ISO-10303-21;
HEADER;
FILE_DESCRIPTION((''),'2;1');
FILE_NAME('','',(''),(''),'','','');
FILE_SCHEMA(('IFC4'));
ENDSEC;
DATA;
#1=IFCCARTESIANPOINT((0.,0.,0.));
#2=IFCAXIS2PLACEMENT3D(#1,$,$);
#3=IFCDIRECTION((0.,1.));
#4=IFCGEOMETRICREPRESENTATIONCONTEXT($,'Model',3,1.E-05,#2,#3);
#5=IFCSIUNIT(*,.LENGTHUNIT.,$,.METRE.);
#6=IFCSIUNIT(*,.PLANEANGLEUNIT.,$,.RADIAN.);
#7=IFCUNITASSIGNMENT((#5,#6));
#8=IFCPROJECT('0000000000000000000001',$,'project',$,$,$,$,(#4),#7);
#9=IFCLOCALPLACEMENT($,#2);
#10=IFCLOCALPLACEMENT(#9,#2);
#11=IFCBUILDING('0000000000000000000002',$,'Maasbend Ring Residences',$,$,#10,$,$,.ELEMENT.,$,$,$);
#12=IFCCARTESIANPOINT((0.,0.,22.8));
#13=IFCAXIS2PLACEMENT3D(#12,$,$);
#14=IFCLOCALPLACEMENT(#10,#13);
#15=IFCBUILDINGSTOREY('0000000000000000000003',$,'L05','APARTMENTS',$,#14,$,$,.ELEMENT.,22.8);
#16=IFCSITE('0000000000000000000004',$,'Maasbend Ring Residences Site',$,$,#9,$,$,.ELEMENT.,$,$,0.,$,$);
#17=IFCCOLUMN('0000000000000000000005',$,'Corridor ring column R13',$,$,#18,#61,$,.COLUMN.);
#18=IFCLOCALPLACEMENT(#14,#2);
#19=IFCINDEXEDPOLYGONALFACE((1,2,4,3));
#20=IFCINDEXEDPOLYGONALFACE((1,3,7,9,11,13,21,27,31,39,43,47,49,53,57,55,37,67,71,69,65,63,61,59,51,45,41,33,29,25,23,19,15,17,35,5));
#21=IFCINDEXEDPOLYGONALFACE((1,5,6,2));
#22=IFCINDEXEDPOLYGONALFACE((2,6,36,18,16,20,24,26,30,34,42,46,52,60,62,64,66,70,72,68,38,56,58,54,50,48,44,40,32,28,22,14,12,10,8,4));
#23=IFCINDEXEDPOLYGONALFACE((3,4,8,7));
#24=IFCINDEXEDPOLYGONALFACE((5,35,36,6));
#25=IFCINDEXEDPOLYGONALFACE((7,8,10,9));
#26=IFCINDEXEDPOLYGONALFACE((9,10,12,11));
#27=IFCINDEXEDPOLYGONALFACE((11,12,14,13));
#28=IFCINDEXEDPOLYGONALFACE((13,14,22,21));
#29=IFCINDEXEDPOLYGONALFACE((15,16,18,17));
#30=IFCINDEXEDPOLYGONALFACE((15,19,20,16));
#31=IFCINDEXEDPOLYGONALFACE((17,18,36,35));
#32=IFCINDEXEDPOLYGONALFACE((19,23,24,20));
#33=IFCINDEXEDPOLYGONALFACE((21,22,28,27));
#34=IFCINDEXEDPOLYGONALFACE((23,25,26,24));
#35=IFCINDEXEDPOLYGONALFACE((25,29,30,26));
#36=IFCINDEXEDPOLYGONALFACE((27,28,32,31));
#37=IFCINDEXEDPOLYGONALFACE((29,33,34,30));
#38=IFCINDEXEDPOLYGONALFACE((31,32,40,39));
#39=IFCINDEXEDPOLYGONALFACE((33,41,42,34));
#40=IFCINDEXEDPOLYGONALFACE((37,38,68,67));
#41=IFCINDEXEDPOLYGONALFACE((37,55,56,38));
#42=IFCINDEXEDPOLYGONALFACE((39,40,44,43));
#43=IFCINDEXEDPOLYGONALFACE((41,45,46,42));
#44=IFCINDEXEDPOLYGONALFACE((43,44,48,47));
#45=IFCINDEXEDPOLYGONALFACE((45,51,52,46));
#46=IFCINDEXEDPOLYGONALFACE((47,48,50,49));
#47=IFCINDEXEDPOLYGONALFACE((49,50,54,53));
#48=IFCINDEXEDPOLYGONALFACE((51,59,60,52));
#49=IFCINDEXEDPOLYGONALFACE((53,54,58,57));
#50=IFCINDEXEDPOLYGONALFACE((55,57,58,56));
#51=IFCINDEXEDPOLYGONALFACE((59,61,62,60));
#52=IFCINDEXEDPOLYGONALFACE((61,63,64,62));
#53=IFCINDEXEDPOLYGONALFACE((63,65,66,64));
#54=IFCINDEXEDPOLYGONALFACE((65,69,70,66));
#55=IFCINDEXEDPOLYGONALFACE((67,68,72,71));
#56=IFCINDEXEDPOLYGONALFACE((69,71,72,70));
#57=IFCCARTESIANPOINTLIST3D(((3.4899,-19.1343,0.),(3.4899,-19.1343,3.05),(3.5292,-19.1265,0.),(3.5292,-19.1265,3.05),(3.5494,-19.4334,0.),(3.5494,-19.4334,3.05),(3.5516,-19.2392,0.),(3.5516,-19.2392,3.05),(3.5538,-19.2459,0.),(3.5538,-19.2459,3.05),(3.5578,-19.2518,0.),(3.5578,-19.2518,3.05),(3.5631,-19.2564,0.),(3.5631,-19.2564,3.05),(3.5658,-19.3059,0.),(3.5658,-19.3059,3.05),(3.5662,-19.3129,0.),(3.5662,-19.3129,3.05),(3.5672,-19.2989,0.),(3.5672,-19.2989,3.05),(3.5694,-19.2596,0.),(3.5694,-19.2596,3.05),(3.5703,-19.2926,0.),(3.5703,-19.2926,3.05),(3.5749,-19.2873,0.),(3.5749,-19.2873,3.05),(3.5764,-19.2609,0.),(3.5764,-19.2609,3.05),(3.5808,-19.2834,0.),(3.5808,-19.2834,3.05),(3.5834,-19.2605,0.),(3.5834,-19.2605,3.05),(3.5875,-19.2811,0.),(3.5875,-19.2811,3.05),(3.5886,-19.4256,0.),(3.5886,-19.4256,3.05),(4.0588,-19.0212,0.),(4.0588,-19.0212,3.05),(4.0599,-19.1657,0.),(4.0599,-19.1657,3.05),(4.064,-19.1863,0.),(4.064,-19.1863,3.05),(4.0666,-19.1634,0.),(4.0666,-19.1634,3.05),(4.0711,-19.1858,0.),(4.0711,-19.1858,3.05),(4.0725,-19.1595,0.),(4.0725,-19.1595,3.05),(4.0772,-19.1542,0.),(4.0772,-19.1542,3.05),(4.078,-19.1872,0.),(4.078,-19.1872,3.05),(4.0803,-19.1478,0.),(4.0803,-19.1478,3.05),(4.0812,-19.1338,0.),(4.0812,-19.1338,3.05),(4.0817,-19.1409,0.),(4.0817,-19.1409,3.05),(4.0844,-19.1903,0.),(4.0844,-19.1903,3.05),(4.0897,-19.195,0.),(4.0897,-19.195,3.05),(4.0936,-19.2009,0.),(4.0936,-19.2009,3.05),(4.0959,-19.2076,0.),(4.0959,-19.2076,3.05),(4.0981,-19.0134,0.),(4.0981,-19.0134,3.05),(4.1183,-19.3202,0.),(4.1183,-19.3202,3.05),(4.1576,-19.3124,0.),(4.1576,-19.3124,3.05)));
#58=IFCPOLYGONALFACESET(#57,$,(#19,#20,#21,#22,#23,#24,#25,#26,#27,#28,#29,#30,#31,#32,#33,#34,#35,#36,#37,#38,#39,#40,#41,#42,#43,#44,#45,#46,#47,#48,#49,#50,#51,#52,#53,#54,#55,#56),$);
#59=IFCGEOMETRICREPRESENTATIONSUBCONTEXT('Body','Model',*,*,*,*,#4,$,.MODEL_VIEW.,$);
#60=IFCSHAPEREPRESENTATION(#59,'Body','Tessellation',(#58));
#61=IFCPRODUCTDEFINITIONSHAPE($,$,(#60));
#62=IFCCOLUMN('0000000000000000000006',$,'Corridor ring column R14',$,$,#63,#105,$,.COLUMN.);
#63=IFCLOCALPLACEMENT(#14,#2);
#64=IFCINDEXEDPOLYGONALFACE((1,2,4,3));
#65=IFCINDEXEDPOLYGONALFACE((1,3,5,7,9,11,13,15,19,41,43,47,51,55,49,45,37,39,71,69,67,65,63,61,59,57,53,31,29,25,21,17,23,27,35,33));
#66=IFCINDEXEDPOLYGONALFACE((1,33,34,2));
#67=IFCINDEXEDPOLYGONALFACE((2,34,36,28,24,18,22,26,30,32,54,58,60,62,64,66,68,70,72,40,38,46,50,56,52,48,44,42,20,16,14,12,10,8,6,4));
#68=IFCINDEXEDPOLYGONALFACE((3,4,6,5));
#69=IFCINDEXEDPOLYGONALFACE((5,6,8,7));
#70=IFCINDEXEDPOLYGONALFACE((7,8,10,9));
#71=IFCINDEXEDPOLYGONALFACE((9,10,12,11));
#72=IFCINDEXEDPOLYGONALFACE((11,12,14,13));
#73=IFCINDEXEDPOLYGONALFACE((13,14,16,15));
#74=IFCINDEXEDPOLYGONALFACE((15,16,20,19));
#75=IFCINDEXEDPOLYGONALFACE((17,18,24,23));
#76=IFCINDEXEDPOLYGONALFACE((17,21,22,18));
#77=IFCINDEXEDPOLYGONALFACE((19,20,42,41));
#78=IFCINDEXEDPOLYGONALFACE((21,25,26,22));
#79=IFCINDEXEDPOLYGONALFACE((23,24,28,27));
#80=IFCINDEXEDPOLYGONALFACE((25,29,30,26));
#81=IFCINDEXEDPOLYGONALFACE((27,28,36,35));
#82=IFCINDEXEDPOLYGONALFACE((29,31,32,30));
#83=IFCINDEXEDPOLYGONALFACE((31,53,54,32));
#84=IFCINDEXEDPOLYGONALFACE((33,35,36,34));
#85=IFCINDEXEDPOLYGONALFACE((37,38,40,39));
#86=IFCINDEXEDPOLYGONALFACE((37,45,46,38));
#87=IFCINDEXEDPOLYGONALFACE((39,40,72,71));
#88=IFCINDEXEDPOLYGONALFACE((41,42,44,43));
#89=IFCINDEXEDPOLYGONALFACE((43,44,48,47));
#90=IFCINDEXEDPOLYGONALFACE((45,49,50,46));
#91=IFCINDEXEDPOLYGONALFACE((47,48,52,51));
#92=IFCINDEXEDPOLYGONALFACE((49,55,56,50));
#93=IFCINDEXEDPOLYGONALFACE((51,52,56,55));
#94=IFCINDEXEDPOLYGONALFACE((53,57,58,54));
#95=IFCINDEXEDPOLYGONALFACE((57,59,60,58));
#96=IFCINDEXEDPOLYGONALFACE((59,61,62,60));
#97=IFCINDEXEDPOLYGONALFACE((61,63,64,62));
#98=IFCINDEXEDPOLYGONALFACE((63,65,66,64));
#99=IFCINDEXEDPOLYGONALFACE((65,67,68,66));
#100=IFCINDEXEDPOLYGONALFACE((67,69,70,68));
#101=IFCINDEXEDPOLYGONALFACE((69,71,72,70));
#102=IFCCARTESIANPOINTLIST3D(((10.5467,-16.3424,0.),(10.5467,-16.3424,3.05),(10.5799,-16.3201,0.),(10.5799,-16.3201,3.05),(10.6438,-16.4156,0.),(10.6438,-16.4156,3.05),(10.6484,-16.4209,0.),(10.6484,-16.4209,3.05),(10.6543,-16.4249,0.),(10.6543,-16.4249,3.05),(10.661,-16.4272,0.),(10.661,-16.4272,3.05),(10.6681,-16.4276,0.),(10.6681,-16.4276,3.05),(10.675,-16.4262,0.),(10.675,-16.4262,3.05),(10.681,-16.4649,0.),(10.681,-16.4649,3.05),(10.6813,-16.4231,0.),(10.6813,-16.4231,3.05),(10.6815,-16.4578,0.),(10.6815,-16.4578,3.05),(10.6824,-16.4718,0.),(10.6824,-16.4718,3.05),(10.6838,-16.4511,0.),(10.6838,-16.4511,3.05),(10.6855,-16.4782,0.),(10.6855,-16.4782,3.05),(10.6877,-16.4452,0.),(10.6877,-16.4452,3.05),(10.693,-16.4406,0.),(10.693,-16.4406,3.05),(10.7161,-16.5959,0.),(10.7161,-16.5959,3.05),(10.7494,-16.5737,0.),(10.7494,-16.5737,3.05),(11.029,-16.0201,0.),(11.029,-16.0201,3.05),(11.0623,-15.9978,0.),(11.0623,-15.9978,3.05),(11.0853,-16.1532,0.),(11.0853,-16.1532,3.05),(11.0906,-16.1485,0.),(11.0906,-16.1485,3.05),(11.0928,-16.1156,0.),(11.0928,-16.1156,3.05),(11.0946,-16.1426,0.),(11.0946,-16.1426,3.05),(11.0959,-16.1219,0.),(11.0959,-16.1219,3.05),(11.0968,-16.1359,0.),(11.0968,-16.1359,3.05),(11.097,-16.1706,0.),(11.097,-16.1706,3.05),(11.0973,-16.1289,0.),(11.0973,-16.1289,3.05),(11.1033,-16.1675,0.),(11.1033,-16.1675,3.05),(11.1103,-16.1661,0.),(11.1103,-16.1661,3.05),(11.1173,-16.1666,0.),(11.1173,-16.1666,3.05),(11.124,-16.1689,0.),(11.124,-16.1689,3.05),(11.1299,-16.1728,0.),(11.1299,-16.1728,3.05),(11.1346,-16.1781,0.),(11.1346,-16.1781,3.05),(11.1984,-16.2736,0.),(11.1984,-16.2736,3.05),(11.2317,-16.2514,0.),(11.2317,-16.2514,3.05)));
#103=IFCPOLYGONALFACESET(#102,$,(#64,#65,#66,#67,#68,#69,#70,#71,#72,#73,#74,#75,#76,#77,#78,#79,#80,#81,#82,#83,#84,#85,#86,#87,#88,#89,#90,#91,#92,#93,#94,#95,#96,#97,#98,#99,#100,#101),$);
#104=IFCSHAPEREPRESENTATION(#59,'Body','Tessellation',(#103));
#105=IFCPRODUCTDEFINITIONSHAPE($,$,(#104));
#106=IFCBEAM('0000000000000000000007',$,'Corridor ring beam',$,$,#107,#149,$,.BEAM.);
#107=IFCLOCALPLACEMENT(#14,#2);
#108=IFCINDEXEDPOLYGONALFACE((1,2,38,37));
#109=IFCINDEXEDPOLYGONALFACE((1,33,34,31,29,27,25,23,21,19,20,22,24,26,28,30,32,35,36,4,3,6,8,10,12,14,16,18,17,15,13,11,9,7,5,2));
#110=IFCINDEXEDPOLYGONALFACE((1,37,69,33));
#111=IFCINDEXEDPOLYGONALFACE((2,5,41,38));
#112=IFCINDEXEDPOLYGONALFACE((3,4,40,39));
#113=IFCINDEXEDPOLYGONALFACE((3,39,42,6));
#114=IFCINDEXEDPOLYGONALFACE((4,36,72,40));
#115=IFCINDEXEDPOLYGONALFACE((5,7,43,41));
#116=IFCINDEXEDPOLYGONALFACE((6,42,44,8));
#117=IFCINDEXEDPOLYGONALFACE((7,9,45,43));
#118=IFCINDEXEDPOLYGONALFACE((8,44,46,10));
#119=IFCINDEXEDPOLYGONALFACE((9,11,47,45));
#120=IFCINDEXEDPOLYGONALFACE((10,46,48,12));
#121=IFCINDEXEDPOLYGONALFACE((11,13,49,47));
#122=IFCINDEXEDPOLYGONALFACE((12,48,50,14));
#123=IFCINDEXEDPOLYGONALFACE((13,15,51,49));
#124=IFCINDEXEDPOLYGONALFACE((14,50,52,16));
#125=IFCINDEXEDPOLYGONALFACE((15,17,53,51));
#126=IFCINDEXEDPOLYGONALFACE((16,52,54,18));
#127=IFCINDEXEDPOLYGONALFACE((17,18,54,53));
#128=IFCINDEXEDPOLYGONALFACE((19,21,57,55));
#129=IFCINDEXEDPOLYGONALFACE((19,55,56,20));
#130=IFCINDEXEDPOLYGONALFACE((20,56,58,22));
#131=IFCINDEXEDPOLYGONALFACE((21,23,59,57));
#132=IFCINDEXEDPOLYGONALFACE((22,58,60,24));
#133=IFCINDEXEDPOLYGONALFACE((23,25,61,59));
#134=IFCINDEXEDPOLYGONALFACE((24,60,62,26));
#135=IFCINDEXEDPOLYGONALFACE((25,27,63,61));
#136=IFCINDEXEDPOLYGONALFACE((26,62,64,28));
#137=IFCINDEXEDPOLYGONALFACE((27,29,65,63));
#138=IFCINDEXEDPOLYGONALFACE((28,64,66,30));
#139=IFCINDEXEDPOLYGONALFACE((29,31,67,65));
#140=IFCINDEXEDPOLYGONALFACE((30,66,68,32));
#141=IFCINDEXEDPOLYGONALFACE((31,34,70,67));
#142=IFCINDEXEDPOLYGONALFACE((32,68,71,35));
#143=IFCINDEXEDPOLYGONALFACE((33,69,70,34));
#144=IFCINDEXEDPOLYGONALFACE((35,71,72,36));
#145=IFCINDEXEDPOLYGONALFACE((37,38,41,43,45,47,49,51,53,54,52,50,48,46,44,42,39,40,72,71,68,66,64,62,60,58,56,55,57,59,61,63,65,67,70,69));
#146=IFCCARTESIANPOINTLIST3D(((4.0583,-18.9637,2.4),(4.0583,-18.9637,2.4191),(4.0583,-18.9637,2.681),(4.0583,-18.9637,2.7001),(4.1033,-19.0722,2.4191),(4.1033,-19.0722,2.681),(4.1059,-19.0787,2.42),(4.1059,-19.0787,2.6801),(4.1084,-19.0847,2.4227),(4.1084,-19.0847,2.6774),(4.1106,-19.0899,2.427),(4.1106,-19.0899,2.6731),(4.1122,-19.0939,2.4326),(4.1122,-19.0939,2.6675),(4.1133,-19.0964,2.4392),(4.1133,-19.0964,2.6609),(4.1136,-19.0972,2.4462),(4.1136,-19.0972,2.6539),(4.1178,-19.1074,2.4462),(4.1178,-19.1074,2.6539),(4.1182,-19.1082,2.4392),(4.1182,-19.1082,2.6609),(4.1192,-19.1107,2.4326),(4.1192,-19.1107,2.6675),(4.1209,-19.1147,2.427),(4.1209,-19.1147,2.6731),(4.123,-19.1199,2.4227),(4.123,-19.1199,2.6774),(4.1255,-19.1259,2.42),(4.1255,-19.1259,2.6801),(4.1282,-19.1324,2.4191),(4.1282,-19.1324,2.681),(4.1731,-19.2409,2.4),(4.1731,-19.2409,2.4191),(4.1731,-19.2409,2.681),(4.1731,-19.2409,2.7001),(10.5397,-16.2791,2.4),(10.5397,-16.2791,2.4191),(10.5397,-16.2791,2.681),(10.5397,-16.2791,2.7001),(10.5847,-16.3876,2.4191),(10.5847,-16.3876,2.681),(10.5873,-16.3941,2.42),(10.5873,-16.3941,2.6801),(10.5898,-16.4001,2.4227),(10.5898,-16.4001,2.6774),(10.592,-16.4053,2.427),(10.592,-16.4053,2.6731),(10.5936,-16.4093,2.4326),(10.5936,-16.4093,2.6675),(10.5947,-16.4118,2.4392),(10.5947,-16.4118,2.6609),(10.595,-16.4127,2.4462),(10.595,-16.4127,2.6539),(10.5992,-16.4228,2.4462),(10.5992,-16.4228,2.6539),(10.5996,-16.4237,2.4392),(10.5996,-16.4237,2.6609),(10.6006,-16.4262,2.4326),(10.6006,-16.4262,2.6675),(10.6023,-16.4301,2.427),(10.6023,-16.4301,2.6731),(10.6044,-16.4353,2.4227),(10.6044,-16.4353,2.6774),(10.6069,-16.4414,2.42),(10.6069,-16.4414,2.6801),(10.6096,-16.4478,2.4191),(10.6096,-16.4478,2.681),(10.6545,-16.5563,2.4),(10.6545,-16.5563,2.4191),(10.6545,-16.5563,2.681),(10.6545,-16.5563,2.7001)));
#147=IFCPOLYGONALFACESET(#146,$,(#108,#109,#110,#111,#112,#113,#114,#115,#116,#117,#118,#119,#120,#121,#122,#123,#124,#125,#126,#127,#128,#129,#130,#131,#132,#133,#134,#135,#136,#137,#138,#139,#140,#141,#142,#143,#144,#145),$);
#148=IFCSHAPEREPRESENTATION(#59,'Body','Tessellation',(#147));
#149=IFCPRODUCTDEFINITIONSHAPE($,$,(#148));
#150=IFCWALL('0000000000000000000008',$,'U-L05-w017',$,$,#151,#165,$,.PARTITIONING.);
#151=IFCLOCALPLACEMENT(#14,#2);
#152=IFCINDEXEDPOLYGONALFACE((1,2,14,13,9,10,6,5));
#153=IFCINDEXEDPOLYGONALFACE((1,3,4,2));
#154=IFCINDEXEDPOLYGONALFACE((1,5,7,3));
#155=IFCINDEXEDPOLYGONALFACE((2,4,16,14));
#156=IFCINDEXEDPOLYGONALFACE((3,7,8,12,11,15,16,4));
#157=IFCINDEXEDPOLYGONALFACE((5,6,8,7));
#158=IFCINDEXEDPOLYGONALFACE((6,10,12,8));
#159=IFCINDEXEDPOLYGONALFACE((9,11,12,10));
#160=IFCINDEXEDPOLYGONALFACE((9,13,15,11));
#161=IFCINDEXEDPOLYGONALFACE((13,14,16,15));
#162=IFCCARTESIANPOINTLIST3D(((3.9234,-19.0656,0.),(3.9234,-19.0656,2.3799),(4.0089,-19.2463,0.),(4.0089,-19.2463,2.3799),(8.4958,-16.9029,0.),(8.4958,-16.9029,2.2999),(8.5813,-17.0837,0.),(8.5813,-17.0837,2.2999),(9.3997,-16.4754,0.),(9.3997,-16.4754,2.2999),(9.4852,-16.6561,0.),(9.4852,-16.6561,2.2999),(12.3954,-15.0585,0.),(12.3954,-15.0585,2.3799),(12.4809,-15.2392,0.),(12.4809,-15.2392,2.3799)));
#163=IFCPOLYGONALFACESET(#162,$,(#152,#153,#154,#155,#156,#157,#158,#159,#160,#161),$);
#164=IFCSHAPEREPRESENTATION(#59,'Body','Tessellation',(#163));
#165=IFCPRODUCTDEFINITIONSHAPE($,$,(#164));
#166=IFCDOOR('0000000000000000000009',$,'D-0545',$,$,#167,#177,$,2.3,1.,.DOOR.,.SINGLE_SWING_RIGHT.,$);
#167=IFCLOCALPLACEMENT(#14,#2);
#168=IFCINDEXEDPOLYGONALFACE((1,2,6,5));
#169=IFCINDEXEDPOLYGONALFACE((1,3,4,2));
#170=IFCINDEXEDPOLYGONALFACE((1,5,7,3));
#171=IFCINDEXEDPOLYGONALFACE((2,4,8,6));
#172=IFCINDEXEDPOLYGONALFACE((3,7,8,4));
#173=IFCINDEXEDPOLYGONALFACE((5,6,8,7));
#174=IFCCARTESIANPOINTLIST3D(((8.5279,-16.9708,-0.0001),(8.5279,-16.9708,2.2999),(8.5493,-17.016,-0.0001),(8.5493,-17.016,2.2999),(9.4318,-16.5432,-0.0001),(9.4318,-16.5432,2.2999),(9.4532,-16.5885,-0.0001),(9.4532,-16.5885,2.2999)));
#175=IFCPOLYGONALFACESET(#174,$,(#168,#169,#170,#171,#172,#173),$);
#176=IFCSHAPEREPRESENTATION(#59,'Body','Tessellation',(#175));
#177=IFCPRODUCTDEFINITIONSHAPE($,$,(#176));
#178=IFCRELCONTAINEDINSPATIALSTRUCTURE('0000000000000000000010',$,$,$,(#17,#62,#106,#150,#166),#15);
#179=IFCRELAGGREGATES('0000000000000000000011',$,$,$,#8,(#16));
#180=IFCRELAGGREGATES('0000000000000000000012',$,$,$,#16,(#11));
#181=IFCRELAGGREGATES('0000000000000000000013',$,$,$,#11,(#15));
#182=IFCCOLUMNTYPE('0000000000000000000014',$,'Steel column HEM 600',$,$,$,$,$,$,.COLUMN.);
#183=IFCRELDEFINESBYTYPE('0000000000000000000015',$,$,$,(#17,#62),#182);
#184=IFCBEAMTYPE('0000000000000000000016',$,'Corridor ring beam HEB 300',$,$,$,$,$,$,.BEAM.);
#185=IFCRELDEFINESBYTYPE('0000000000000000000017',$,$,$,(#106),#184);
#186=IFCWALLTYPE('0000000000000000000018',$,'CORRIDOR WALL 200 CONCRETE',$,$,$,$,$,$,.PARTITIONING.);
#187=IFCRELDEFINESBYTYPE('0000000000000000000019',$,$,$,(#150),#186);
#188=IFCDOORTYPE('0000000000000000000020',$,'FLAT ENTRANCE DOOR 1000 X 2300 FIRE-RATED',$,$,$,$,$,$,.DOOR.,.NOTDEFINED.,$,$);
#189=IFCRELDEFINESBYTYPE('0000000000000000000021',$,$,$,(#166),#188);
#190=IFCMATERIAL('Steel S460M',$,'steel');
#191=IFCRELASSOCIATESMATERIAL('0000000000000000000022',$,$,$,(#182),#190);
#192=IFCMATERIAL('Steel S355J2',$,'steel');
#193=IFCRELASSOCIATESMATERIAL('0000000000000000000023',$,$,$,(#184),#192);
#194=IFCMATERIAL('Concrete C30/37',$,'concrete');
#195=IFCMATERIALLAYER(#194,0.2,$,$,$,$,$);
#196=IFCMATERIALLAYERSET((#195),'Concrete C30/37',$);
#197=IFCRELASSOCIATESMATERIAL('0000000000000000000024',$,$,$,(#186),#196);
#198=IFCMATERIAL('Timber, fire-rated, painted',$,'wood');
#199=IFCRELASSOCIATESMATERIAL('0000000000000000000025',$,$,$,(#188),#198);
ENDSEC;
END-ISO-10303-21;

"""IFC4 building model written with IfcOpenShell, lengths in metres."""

from ifc_helpers import new_model, si_unit, direction, frame, frame_2d, origin, origin_2d, place, context, subcontext, project, spatial, rectangle, i_section, extrude, material, layer, layer_set, material_profile, profile_set, type_object, element, fill, save


model = new_model("IFC4")

# Units and contexts
model_context = context("Model", 3, precision=1e-05, world=origin(), true_north=direction((0.0, 1.0)))
body_context = subcontext(model_context, "Body", "Model", "MODEL_VIEW")
ifc_project = project(units=[si_unit("LENGTHUNIT", "METRE"), si_unit("PLANEANGLEUNIT", "RADIAN")], contexts=[model_context])

# Site, building, storey
site_placement = place(None, origin())
site = spatial("IfcSite", under=ifc_project, at=site_placement, Name="Maasbend Ring Residences Site", CompositionType="ELEMENT", RefElevation=0.0)
building_placement = place(site_placement, origin())
building = spatial("IfcBuilding", under=site, at=building_placement, Name="Maasbend Ring Residences", CompositionType="ELEMENT")
storey_placement = place(building_placement, frame((0.0, 0.0, 22.8)))
storey = spatial("IfcBuildingStorey", under=building, at=storey_placement, Name="L05", Description="APARTMENTS", CompositionType="ELEMENT", Elevation=22.8)

# Columns
ifc_material_1 = material(Name="Steel S460M", Category="steel")
ifc_material_profile_1 = material_profile(ifc_material_1, i_section(OverallWidth=0.3049, OverallDepth=0.6201, WebThickness=0.021, FlangeThickness=0.04, FilletRadius=0.0271, at=origin_2d()), Name="HEM 600")
ifc_profile_set_1 = profile_set([ifc_material_profile_1], Name="Steel S460M")
column_type = type_object("IfcColumnType", Name="Steel column HEM 600", PredefinedType="COLUMN", material=ifc_profile_set_1)
for number, where, z_axis, x_axis, name in (
    (1, (3.8237, -19.2234, 0.0), (0.0, 0.0, 1.0), (0.19509, -0.980785, 0.0), "Corridor ring column R13"),
    (2, (10.8892, -16.2969, 0.0), (0.0, 0.0, 1.0), (0.55557, -0.83147, 0.0), "Corridor ring column R14"),
):
    element("IfcColumn", number, at=place(storey_placement, frame(where, z_axis=z_axis, x_axis=x_axis)), inside=storey, type_object=column_type, Name=name, PredefinedType="COLUMN", context=body_context, shape_type="SweptSolid", body=[
        extrude(i_section(OverallWidth=0.3049, OverallDepth=0.6201, WebThickness=0.021, FlangeThickness=0.04, FilletRadius=0.0271, at=origin_2d()), origin(), (0.0, 0.0, 1.0), 3.05),
    ])

# Beam
ifc_material_2 = material(Name="Steel S355J2", Category="steel")
ifc_material_profile_2 = material_profile(ifc_material_2, i_section(OverallWidth=0.3, OverallDepth=0.3, WebThickness=0.011, FlangeThickness=0.019, FilletRadius=0.0271, at=origin_2d()), Name="HEB 300")
ifc_profile_set_2 = profile_set([ifc_material_profile_2], Name="Steel S355J2")
beam_type = type_object("IfcBeamType", Name="Corridor ring beam HEB 300", PredefinedType="BEAM", material=ifc_profile_set_2)
beam_placement = place(storey_placement, frame((4.1157, -19.1023, 2.55), z_axis=(0.923886, 0.382667, 0.0), x_axis=(-0.382667, 0.923886, 0.0)))
element("IfcBeam", 3, at=beam_placement, inside=storey, type_object=beam_type, Name="Corridor ring beam", PredefinedType="BEAM", context=body_context, shape_type="SweptSolid", body=[
    extrude(i_section(OverallWidth=0.3, OverallDepth=0.3, WebThickness=0.011, FlangeThickness=0.019, FilletRadius=0.0271, at=origin_2d()), origin(), (0.0, 0.0, 1.0), 7.0154),
])

# Wall, opening, door
ifc_material_3 = material(Name="Concrete C30/37", Category="concrete")
ifc_layer_1 = layer(ifc_material_3, 0.2)
ifc_layer_set_1 = layer_set([ifc_layer_1], Name="Concrete C30/37")
wall_type_1 = type_object("IfcWallType", Name="CORRIDOR WALL 200 CONCRETE", PredefinedType="PARTITIONING", material=ifc_layer_set_1)
wall_1_placement = place(storey_placement, frame((3.9661, -19.156, 0.0), z_axis=(0.0, 0.0, 1.0), x_axis=(0.903983, 0.427569, 0.0)))
wall_1 = element("IfcWall", 4, at=wall_1_placement, inside=storey, type_object=wall_type_1, Name="U-L05-w017", PredefinedType="PARTITIONING", context=body_context, shape_type="SweptSolid", body=[
    extrude(rectangle(XDim=9.3718, YDim=0.2, at=frame_2d((4.686, 0.0))), origin(), (0.0, 0.0, 1.0), 2.3799),
])
opening_1_placement = place(wall_1_placement, frame((5.0581, 0.0, 0.0)))
opening_1 = element("IfcOpeningElement", 5, at=opening_1_placement, cuts=wall_1, PredefinedType="OPENING", context=body_context, shape_type="SweptSolid", body=[
    extrude(rectangle(XDim=1.0, YDim=2.3, at=frame_2d((0.5, 1.1499))), frame((0.0, 0.1099, 0.0), z_axis=(0.0, -1.0, 0.0), x_axis=(1.0, 0.0, 0.0)), (0.0, 0.0, 1.0), 0.22),
])
ifc_material_4 = material(Name="Timber, fire-rated, painted", Category="wood")
door_type_1 = type_object("IfcDoorType", Name="FLAT ENTRANCE DOOR 1000 X 2300 FIRE-RATED", OperationType="NOTDEFINED", PredefinedType="DOOR", material=ifc_material_4)
door_1_placement = place(opening_1_placement, origin())
door_1 = element("IfcDoor", 6, at=door_1_placement, inside=storey, type_object=door_type_1, Name="D-0545", OperationType="SINGLE_SWING_RIGHT", OverallHeight=2.3, OverallWidth=1.0, PredefinedType="DOOR", context=body_context, shape_type="SweptSolid", body=[
    extrude(rectangle(XDim=1.0, YDim=2.3, at=frame_2d((0.5, 1.1499))), frame((0.0, 0.0249, 0.0), z_axis=(0.0, -1.0, 0.0), x_axis=(1.0, 0.0, 0.0)), (0.0, 0.0, 1.0), 0.05),
])
fill(opening_1, door_1)

save(model, "model.ifc")
